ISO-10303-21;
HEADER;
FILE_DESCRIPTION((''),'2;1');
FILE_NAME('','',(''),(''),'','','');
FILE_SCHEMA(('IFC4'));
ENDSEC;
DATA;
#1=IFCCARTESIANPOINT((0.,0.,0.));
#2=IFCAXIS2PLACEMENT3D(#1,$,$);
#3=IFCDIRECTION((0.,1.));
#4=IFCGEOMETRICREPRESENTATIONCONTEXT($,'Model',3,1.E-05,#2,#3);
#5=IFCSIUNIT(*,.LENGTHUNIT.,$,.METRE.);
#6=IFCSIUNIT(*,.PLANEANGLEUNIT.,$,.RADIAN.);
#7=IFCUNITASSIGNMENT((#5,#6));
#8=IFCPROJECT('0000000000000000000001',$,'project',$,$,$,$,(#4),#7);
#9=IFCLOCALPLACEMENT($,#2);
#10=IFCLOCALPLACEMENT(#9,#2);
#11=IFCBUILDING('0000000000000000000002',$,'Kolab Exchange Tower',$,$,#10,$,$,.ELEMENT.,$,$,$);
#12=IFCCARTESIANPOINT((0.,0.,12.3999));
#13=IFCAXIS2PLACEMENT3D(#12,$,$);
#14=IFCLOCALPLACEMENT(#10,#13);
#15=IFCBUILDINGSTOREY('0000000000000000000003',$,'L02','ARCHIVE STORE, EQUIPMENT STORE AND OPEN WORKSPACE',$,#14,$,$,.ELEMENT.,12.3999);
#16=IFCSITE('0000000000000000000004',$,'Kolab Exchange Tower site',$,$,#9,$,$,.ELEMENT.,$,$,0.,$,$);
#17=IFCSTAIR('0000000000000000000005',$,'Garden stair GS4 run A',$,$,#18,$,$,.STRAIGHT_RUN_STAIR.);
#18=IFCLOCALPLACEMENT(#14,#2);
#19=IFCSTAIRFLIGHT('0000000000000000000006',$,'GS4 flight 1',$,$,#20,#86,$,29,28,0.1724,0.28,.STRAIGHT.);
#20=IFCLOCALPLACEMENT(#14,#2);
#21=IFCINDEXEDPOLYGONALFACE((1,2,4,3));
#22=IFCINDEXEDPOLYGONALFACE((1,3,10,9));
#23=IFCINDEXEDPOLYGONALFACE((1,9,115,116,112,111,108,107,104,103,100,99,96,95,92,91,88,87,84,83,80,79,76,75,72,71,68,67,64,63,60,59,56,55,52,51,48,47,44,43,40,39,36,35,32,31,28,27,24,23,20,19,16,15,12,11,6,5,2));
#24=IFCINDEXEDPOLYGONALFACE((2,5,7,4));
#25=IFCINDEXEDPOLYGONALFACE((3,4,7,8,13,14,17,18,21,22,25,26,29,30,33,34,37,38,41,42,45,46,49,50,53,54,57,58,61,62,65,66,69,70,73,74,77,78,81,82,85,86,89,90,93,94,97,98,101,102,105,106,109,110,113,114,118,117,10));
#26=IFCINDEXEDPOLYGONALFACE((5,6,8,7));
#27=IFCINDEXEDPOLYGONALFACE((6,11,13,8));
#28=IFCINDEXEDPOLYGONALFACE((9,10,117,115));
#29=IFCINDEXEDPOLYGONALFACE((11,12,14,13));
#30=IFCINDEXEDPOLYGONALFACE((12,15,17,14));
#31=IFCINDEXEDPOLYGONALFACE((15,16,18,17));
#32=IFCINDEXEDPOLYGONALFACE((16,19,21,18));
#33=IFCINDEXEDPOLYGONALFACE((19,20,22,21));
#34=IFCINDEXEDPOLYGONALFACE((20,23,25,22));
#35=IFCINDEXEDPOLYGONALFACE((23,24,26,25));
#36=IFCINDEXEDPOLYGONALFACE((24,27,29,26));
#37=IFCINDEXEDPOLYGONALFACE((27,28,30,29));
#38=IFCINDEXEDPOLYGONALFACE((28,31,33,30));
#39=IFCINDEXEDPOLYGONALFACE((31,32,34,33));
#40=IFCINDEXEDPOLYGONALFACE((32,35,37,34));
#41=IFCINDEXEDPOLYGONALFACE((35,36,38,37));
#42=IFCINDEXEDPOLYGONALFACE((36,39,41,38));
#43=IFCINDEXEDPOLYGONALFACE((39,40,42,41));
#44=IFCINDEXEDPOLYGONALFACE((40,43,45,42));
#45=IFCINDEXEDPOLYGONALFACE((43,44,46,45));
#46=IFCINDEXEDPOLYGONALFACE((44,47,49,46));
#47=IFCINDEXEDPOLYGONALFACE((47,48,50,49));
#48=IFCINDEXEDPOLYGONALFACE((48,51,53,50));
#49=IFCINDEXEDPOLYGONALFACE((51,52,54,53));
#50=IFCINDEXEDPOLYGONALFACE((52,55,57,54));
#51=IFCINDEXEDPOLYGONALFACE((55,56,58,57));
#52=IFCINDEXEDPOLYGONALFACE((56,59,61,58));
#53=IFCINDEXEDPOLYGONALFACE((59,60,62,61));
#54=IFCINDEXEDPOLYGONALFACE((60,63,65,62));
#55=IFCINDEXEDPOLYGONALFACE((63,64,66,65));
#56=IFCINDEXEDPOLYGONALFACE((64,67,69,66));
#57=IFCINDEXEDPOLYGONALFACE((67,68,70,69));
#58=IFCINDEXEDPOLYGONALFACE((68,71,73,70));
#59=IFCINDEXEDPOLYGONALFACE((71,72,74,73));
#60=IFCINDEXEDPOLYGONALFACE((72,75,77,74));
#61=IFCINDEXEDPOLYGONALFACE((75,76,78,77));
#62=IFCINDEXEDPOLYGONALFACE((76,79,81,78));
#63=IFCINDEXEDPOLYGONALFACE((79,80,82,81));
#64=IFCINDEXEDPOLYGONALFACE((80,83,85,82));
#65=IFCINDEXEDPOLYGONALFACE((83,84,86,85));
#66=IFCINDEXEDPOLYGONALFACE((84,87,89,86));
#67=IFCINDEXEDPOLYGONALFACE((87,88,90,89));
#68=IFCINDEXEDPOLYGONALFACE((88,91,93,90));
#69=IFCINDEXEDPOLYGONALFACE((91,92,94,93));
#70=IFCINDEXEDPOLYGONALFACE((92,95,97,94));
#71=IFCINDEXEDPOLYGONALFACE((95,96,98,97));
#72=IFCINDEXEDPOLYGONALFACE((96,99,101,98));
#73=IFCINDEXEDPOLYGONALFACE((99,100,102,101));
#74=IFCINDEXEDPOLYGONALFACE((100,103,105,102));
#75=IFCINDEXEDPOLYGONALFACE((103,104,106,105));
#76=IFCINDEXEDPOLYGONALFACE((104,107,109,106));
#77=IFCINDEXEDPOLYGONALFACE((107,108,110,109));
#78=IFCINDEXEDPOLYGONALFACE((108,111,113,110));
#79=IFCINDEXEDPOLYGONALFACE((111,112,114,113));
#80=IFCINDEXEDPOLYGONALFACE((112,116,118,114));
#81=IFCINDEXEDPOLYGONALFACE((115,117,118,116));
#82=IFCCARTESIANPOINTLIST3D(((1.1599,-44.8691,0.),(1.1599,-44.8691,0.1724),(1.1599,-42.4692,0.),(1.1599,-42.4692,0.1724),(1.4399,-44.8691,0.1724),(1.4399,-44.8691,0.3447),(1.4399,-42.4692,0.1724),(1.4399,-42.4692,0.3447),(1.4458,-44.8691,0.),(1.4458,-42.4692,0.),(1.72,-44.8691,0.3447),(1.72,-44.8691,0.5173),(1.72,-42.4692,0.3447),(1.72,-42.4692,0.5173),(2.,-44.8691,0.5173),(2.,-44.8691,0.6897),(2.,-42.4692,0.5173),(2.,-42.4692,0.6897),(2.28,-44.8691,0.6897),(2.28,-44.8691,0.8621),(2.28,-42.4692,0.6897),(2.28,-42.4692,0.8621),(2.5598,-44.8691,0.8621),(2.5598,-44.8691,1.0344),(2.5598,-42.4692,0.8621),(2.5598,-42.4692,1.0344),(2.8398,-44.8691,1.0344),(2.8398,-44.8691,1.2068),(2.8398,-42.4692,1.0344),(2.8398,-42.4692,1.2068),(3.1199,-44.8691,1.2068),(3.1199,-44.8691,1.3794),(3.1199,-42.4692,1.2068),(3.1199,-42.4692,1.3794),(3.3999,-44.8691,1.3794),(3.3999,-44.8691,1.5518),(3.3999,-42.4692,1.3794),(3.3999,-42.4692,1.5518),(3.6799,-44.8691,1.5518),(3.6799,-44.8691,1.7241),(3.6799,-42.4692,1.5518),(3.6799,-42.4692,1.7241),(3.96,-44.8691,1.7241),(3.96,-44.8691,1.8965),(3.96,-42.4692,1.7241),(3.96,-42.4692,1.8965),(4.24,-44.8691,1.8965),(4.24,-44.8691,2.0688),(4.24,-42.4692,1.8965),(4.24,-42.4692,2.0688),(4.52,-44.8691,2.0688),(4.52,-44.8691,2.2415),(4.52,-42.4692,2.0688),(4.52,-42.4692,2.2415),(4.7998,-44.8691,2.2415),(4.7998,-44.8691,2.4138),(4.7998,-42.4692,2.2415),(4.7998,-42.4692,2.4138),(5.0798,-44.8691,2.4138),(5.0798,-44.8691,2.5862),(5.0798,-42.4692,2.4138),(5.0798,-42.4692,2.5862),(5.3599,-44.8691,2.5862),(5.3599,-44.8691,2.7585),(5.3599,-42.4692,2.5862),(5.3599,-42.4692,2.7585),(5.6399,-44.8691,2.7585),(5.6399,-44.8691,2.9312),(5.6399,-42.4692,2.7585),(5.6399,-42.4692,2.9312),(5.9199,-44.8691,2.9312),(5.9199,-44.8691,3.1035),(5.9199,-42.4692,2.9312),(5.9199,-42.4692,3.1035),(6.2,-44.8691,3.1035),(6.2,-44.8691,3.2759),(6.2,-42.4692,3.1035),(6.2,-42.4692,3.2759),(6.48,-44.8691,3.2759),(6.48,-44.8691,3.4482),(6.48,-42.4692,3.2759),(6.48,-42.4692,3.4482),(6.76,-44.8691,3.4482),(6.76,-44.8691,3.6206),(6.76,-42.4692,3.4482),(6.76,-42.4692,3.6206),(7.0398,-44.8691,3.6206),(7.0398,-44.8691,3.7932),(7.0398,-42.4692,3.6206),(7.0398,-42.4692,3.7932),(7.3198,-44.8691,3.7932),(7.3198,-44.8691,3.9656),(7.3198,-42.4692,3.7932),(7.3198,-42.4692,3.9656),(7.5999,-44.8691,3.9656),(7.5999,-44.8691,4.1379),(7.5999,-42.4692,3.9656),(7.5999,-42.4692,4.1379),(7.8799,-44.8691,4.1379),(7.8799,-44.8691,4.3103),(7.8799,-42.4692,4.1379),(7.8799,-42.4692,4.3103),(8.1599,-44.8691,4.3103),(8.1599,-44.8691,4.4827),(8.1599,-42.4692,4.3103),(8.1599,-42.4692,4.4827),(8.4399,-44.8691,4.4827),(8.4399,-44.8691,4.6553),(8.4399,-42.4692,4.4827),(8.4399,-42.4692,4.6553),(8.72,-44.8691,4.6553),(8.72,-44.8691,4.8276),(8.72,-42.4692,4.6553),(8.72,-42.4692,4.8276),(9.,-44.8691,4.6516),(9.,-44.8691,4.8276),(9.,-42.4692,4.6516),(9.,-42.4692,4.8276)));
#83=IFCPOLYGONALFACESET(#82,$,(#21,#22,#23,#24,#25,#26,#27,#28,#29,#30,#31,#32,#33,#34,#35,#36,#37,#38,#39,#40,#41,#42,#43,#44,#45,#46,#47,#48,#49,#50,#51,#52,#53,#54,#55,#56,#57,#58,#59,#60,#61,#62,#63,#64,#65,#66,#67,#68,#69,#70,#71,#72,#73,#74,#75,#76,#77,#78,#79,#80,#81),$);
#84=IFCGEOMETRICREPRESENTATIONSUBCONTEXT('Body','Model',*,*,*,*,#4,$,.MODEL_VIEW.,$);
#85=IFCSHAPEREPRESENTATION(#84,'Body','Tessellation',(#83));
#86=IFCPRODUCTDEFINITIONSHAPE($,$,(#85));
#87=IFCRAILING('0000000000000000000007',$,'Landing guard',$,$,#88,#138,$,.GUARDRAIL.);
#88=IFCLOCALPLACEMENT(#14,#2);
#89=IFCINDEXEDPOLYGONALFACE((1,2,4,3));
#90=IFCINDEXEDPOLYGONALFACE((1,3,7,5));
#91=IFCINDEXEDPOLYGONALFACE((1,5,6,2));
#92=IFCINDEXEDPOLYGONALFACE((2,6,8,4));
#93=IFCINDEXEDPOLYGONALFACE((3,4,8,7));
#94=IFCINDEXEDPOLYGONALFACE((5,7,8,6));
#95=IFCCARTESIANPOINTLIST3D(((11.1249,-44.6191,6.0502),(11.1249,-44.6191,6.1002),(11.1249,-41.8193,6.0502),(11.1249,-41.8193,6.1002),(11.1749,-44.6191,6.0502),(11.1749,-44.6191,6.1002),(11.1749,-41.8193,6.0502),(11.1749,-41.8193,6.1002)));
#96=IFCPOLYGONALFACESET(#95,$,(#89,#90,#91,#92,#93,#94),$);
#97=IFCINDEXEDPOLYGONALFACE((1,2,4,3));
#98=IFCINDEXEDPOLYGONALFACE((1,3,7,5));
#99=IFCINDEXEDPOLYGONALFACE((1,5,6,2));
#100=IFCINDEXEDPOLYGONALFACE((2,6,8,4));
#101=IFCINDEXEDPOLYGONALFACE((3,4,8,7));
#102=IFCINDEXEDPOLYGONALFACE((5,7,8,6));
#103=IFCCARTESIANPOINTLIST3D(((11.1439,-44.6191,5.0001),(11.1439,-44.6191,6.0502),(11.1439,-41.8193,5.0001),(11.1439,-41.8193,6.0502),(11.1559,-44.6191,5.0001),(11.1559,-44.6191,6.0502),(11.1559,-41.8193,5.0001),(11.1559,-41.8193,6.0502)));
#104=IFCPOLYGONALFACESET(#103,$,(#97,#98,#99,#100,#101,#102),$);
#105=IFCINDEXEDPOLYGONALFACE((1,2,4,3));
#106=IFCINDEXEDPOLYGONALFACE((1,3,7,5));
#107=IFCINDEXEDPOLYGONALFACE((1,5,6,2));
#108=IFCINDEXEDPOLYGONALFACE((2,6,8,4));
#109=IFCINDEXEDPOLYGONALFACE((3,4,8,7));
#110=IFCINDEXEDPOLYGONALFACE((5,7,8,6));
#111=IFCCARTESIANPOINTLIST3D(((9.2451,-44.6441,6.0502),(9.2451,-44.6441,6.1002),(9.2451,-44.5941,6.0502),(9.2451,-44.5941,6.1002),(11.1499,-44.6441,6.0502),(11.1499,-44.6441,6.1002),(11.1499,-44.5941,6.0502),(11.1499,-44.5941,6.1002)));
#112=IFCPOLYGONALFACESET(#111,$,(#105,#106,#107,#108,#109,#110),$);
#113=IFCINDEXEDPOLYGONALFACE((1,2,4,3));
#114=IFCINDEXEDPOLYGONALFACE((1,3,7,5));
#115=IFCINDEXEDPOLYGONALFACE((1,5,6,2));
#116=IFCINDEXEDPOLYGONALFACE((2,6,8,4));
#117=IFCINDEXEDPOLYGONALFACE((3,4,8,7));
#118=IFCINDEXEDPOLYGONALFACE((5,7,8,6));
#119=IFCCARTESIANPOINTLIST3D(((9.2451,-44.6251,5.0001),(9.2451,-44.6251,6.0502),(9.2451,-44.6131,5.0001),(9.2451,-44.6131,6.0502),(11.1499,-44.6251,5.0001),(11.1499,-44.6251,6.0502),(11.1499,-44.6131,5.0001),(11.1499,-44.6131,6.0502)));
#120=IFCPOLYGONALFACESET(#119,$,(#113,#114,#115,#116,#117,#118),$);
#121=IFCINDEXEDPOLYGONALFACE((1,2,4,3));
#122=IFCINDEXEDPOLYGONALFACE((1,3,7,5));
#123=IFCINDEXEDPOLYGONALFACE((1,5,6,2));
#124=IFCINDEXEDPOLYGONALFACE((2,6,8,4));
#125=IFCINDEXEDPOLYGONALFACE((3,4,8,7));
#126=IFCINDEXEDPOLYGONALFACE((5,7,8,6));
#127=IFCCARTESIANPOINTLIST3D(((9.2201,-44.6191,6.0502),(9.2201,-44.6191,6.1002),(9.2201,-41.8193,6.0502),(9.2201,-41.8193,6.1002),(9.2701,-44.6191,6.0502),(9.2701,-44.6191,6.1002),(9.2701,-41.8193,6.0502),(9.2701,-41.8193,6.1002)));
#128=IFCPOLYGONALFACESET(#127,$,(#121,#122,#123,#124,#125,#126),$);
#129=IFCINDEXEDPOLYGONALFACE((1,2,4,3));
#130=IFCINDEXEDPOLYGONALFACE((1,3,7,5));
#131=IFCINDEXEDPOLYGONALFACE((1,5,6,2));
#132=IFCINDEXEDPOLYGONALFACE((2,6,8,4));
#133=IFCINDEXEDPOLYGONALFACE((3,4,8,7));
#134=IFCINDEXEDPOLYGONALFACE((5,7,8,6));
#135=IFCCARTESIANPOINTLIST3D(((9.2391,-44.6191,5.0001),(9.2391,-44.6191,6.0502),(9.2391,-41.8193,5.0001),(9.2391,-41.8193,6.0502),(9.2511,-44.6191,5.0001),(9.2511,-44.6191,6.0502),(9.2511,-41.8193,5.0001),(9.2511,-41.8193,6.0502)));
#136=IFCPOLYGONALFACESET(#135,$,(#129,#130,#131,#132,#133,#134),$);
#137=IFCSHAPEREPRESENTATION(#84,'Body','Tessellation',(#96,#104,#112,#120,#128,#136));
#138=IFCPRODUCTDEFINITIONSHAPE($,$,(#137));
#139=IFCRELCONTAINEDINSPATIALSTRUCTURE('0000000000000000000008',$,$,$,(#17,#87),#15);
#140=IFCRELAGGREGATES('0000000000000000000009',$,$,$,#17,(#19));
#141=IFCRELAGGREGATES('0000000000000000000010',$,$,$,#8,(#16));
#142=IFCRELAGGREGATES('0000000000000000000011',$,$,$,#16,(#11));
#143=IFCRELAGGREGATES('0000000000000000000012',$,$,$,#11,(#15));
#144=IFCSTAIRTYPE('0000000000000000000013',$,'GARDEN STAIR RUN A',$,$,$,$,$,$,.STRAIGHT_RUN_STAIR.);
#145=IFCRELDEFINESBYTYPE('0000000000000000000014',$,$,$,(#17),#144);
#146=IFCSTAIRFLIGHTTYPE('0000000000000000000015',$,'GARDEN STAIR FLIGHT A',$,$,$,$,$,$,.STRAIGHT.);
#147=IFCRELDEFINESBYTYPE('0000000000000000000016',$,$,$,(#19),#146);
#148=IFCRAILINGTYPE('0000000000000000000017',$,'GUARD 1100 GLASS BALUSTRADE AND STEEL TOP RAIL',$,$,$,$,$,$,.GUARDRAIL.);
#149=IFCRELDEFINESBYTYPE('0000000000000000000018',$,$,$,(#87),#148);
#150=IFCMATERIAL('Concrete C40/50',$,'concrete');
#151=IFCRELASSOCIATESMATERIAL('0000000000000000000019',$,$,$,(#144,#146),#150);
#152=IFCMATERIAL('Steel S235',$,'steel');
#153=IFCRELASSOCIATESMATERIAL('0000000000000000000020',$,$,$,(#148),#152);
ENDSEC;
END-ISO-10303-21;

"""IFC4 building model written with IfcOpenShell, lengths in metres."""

from ifc_helpers import new_model, si_unit, direction, frame, frame_2d, origin, origin_2d, place, context, subcontext, project, spatial, polyline, rectangle, outline, extrude, material, type_object, element, aggregate, save


model = new_model("IFC4")

# Units and contexts
model_context = context("Model", 3, precision=1e-05, world=origin(), true_north=direction((0.0, 1.0)))
body_context = subcontext(model_context, "Body", "Model", "MODEL_VIEW")
ifc_project = project(units=[si_unit("LENGTHUNIT", "METRE"), si_unit("PLANEANGLEUNIT", "RADIAN")], contexts=[model_context])

# Site, building, storey
site_placement = place(None, origin())
site = spatial("IfcSite", under=ifc_project, at=site_placement, Name="Kolab Exchange Tower site", CompositionType="ELEMENT", RefElevation=0.0)
building_placement = place(site_placement, origin())
building = spatial("IfcBuilding", under=site, at=building_placement, Name="Kolab Exchange Tower", CompositionType="ELEMENT")
storey_placement = place(building_placement, frame((0.0, 0.0, 12.3999)))
storey = spatial("IfcBuildingStorey", under=building, at=storey_placement, Name="L02", Description="ARCHIVE STORE, EQUIPMENT STORE AND OPEN WORKSPACE", CompositionType="ELEMENT", Elevation=12.3999)

# Shared definitions
ifc_material_1 = material(Name="Concrete C40/50", Category="concrete")

# Stair, stair flight
stair_type = type_object("IfcStairType", Name="GARDEN STAIR RUN A", PredefinedType="STRAIGHT_RUN_STAIR", material=ifc_material_1)
stair_placement = place(storey_placement, origin())
stair = element("IfcStair", 1, at=stair_placement, inside=storey, type_object=stair_type, Name="Garden stair GS4 run A", PredefinedType="STRAIGHT_RUN_STAIR")
stair_flight_type = type_object("IfcStairFlightType", Name="GARDEN STAIR FLIGHT A", PredefinedType="STRAIGHT", material=ifc_material_1)
stair_flight_placement = place(storey_placement, frame((1.1599, -43.6692, 0.0), z_axis=(0.0, 0.0, 1.0), x_axis=(1.0, 0.0, 0.0)))
stair_flight = element("IfcStairFlight", 2, at=stair_flight_placement, type_object=stair_flight_type, Name="GS4 flight 1", NumberOfRisers=29, NumberOfTreads=28, PredefinedType="STRAIGHT", RiserHeight=0.1724, TreadLength=0.28, context=body_context, shape_type="SweptSolid", body=[
    extrude(outline(polyline([(0.0, 0.0), (0.0, 0.1724), (0.28, 0.1724), (0.28, 0.3447), (0.5601, 0.3447), (0.5601, 0.5173), (0.8401, 0.5173), (0.8401, 0.6897), (1.1201, 0.6897), (1.1201, 0.8621), (1.3999, 0.8621), (1.3999, 1.0344), (1.6799, 1.0344), (1.6799, 1.2068), (1.96, 1.2068), (1.96, 1.3794), (2.24, 1.3794), (2.24, 1.5518), (2.52, 1.5518), (2.52, 1.7241), (2.8, 1.7241), (2.8, 1.8965), (3.0801, 1.8965), (3.0801, 2.0688), (3.3601, 2.0688), (3.3601, 2.2415), (3.6399, 2.2415), (3.6399, 2.4138), (3.9199, 2.4138), (3.9199, 2.5862), (4.2, 2.5862), (4.2, 2.7585), (4.48, 2.7585), (4.48, 2.9312), (4.76, 2.9312), (4.76, 3.1035), (5.04, 3.1035), (5.04, 3.2759), (5.3201, 3.2759), (5.3201, 3.4482), (5.6001, 3.4482), (5.6001, 3.6206), (5.8799, 3.6206), (5.8799, 3.7932), (6.1599, 3.7932), (6.1599, 3.9656), (6.4399, 3.9656), (6.4399, 4.1379), (6.72, 4.1379), (6.72, 4.3103), (7.0, 4.3103), (7.0, 4.4827), (7.28, 4.4827), (7.28, 4.6553), (7.5601, 4.6553), (7.5601, 4.8276), (7.8401, 4.8276), (7.8401, 5.0), (7.8401, 4.6516), (0.2859, 0.0), (0.0, 0.0)])), frame((0.0, 1.2, 0.0), z_axis=(0.0, -1.0, 0.0), x_axis=(1.0, 0.0, 0.0)), (0.0, 0.0, 1.0), 2.3999),
])
aggregate(stair, [stair_flight])

# Railing
ifc_material_2 = material(Name="Steel S235", Category="steel")
railing_type = type_object("IfcRailingType", Name="GUARD 1100 GLASS BALUSTRADE AND STEEL TOP RAIL", PredefinedType="GUARDRAIL", material=ifc_material_2)
railing_placement = place(storey_placement, frame((11.1499, -41.8193, 5.0)))
element("IfcRailing", 3, at=railing_placement, inside=storey, type_object=railing_type, Name="Landing guard", PredefinedType="GUARDRAIL", context=body_context, shape_type="SweptSolid", body=[
    extrude(rectangle(XDim=0.05, YDim=0.05, at=origin_2d()), frame((0.0, 0.0, 1.0752), z_axis=(0.0, -1.0, 0.0), x_axis=(1.0, 0.0, 0.0)), (0.0, 0.0, 1.0), 2.7998),
    extrude(rectangle(XDim=0.012, YDim=1.0501, at=frame_2d((0.0, 0.5251))), frame((0.0, 0.0, 0.0), z_axis=(0.0, -1.0, 0.0), x_axis=(1.0, 0.0, 0.0)), (0.0, 0.0, 1.0), 2.7998),
    extrude(rectangle(XDim=0.05, YDim=0.05, at=origin_2d()), frame((0.0, -2.7998, 1.0752), z_axis=(-1.0, 0.0, 0.0), x_axis=(0.0, -1.0, 0.0)), (0.0, 0.0, 1.0), 1.9048),
    extrude(rectangle(XDim=0.012, YDim=1.0501, at=frame_2d((0.0, 0.5251))), frame((0.0, -2.7998, 0.0), z_axis=(-1.0, 0.0, 0.0), x_axis=(0.0, -1.0, 0.0)), (0.0, 0.0, 1.0), 1.9048),
    extrude(rectangle(XDim=0.05, YDim=0.05, at=origin_2d()), frame((-1.9048, -2.7998, 1.0752), z_axis=(0.0, 1.0, 0.0), x_axis=(-1.0, 0.0, 0.0)), (0.0, 0.0, 1.0), 2.7998),
    extrude(rectangle(XDim=0.012, YDim=1.0501, at=frame_2d((0.0, 0.5251))), frame((-1.9048, -2.7998, 0.0), z_axis=(0.0, 1.0, 0.0), x_axis=(-1.0, 0.0, 0.0)), (0.0, 0.0, 1.0), 2.7998),
])

save(model, "model.ifc")
